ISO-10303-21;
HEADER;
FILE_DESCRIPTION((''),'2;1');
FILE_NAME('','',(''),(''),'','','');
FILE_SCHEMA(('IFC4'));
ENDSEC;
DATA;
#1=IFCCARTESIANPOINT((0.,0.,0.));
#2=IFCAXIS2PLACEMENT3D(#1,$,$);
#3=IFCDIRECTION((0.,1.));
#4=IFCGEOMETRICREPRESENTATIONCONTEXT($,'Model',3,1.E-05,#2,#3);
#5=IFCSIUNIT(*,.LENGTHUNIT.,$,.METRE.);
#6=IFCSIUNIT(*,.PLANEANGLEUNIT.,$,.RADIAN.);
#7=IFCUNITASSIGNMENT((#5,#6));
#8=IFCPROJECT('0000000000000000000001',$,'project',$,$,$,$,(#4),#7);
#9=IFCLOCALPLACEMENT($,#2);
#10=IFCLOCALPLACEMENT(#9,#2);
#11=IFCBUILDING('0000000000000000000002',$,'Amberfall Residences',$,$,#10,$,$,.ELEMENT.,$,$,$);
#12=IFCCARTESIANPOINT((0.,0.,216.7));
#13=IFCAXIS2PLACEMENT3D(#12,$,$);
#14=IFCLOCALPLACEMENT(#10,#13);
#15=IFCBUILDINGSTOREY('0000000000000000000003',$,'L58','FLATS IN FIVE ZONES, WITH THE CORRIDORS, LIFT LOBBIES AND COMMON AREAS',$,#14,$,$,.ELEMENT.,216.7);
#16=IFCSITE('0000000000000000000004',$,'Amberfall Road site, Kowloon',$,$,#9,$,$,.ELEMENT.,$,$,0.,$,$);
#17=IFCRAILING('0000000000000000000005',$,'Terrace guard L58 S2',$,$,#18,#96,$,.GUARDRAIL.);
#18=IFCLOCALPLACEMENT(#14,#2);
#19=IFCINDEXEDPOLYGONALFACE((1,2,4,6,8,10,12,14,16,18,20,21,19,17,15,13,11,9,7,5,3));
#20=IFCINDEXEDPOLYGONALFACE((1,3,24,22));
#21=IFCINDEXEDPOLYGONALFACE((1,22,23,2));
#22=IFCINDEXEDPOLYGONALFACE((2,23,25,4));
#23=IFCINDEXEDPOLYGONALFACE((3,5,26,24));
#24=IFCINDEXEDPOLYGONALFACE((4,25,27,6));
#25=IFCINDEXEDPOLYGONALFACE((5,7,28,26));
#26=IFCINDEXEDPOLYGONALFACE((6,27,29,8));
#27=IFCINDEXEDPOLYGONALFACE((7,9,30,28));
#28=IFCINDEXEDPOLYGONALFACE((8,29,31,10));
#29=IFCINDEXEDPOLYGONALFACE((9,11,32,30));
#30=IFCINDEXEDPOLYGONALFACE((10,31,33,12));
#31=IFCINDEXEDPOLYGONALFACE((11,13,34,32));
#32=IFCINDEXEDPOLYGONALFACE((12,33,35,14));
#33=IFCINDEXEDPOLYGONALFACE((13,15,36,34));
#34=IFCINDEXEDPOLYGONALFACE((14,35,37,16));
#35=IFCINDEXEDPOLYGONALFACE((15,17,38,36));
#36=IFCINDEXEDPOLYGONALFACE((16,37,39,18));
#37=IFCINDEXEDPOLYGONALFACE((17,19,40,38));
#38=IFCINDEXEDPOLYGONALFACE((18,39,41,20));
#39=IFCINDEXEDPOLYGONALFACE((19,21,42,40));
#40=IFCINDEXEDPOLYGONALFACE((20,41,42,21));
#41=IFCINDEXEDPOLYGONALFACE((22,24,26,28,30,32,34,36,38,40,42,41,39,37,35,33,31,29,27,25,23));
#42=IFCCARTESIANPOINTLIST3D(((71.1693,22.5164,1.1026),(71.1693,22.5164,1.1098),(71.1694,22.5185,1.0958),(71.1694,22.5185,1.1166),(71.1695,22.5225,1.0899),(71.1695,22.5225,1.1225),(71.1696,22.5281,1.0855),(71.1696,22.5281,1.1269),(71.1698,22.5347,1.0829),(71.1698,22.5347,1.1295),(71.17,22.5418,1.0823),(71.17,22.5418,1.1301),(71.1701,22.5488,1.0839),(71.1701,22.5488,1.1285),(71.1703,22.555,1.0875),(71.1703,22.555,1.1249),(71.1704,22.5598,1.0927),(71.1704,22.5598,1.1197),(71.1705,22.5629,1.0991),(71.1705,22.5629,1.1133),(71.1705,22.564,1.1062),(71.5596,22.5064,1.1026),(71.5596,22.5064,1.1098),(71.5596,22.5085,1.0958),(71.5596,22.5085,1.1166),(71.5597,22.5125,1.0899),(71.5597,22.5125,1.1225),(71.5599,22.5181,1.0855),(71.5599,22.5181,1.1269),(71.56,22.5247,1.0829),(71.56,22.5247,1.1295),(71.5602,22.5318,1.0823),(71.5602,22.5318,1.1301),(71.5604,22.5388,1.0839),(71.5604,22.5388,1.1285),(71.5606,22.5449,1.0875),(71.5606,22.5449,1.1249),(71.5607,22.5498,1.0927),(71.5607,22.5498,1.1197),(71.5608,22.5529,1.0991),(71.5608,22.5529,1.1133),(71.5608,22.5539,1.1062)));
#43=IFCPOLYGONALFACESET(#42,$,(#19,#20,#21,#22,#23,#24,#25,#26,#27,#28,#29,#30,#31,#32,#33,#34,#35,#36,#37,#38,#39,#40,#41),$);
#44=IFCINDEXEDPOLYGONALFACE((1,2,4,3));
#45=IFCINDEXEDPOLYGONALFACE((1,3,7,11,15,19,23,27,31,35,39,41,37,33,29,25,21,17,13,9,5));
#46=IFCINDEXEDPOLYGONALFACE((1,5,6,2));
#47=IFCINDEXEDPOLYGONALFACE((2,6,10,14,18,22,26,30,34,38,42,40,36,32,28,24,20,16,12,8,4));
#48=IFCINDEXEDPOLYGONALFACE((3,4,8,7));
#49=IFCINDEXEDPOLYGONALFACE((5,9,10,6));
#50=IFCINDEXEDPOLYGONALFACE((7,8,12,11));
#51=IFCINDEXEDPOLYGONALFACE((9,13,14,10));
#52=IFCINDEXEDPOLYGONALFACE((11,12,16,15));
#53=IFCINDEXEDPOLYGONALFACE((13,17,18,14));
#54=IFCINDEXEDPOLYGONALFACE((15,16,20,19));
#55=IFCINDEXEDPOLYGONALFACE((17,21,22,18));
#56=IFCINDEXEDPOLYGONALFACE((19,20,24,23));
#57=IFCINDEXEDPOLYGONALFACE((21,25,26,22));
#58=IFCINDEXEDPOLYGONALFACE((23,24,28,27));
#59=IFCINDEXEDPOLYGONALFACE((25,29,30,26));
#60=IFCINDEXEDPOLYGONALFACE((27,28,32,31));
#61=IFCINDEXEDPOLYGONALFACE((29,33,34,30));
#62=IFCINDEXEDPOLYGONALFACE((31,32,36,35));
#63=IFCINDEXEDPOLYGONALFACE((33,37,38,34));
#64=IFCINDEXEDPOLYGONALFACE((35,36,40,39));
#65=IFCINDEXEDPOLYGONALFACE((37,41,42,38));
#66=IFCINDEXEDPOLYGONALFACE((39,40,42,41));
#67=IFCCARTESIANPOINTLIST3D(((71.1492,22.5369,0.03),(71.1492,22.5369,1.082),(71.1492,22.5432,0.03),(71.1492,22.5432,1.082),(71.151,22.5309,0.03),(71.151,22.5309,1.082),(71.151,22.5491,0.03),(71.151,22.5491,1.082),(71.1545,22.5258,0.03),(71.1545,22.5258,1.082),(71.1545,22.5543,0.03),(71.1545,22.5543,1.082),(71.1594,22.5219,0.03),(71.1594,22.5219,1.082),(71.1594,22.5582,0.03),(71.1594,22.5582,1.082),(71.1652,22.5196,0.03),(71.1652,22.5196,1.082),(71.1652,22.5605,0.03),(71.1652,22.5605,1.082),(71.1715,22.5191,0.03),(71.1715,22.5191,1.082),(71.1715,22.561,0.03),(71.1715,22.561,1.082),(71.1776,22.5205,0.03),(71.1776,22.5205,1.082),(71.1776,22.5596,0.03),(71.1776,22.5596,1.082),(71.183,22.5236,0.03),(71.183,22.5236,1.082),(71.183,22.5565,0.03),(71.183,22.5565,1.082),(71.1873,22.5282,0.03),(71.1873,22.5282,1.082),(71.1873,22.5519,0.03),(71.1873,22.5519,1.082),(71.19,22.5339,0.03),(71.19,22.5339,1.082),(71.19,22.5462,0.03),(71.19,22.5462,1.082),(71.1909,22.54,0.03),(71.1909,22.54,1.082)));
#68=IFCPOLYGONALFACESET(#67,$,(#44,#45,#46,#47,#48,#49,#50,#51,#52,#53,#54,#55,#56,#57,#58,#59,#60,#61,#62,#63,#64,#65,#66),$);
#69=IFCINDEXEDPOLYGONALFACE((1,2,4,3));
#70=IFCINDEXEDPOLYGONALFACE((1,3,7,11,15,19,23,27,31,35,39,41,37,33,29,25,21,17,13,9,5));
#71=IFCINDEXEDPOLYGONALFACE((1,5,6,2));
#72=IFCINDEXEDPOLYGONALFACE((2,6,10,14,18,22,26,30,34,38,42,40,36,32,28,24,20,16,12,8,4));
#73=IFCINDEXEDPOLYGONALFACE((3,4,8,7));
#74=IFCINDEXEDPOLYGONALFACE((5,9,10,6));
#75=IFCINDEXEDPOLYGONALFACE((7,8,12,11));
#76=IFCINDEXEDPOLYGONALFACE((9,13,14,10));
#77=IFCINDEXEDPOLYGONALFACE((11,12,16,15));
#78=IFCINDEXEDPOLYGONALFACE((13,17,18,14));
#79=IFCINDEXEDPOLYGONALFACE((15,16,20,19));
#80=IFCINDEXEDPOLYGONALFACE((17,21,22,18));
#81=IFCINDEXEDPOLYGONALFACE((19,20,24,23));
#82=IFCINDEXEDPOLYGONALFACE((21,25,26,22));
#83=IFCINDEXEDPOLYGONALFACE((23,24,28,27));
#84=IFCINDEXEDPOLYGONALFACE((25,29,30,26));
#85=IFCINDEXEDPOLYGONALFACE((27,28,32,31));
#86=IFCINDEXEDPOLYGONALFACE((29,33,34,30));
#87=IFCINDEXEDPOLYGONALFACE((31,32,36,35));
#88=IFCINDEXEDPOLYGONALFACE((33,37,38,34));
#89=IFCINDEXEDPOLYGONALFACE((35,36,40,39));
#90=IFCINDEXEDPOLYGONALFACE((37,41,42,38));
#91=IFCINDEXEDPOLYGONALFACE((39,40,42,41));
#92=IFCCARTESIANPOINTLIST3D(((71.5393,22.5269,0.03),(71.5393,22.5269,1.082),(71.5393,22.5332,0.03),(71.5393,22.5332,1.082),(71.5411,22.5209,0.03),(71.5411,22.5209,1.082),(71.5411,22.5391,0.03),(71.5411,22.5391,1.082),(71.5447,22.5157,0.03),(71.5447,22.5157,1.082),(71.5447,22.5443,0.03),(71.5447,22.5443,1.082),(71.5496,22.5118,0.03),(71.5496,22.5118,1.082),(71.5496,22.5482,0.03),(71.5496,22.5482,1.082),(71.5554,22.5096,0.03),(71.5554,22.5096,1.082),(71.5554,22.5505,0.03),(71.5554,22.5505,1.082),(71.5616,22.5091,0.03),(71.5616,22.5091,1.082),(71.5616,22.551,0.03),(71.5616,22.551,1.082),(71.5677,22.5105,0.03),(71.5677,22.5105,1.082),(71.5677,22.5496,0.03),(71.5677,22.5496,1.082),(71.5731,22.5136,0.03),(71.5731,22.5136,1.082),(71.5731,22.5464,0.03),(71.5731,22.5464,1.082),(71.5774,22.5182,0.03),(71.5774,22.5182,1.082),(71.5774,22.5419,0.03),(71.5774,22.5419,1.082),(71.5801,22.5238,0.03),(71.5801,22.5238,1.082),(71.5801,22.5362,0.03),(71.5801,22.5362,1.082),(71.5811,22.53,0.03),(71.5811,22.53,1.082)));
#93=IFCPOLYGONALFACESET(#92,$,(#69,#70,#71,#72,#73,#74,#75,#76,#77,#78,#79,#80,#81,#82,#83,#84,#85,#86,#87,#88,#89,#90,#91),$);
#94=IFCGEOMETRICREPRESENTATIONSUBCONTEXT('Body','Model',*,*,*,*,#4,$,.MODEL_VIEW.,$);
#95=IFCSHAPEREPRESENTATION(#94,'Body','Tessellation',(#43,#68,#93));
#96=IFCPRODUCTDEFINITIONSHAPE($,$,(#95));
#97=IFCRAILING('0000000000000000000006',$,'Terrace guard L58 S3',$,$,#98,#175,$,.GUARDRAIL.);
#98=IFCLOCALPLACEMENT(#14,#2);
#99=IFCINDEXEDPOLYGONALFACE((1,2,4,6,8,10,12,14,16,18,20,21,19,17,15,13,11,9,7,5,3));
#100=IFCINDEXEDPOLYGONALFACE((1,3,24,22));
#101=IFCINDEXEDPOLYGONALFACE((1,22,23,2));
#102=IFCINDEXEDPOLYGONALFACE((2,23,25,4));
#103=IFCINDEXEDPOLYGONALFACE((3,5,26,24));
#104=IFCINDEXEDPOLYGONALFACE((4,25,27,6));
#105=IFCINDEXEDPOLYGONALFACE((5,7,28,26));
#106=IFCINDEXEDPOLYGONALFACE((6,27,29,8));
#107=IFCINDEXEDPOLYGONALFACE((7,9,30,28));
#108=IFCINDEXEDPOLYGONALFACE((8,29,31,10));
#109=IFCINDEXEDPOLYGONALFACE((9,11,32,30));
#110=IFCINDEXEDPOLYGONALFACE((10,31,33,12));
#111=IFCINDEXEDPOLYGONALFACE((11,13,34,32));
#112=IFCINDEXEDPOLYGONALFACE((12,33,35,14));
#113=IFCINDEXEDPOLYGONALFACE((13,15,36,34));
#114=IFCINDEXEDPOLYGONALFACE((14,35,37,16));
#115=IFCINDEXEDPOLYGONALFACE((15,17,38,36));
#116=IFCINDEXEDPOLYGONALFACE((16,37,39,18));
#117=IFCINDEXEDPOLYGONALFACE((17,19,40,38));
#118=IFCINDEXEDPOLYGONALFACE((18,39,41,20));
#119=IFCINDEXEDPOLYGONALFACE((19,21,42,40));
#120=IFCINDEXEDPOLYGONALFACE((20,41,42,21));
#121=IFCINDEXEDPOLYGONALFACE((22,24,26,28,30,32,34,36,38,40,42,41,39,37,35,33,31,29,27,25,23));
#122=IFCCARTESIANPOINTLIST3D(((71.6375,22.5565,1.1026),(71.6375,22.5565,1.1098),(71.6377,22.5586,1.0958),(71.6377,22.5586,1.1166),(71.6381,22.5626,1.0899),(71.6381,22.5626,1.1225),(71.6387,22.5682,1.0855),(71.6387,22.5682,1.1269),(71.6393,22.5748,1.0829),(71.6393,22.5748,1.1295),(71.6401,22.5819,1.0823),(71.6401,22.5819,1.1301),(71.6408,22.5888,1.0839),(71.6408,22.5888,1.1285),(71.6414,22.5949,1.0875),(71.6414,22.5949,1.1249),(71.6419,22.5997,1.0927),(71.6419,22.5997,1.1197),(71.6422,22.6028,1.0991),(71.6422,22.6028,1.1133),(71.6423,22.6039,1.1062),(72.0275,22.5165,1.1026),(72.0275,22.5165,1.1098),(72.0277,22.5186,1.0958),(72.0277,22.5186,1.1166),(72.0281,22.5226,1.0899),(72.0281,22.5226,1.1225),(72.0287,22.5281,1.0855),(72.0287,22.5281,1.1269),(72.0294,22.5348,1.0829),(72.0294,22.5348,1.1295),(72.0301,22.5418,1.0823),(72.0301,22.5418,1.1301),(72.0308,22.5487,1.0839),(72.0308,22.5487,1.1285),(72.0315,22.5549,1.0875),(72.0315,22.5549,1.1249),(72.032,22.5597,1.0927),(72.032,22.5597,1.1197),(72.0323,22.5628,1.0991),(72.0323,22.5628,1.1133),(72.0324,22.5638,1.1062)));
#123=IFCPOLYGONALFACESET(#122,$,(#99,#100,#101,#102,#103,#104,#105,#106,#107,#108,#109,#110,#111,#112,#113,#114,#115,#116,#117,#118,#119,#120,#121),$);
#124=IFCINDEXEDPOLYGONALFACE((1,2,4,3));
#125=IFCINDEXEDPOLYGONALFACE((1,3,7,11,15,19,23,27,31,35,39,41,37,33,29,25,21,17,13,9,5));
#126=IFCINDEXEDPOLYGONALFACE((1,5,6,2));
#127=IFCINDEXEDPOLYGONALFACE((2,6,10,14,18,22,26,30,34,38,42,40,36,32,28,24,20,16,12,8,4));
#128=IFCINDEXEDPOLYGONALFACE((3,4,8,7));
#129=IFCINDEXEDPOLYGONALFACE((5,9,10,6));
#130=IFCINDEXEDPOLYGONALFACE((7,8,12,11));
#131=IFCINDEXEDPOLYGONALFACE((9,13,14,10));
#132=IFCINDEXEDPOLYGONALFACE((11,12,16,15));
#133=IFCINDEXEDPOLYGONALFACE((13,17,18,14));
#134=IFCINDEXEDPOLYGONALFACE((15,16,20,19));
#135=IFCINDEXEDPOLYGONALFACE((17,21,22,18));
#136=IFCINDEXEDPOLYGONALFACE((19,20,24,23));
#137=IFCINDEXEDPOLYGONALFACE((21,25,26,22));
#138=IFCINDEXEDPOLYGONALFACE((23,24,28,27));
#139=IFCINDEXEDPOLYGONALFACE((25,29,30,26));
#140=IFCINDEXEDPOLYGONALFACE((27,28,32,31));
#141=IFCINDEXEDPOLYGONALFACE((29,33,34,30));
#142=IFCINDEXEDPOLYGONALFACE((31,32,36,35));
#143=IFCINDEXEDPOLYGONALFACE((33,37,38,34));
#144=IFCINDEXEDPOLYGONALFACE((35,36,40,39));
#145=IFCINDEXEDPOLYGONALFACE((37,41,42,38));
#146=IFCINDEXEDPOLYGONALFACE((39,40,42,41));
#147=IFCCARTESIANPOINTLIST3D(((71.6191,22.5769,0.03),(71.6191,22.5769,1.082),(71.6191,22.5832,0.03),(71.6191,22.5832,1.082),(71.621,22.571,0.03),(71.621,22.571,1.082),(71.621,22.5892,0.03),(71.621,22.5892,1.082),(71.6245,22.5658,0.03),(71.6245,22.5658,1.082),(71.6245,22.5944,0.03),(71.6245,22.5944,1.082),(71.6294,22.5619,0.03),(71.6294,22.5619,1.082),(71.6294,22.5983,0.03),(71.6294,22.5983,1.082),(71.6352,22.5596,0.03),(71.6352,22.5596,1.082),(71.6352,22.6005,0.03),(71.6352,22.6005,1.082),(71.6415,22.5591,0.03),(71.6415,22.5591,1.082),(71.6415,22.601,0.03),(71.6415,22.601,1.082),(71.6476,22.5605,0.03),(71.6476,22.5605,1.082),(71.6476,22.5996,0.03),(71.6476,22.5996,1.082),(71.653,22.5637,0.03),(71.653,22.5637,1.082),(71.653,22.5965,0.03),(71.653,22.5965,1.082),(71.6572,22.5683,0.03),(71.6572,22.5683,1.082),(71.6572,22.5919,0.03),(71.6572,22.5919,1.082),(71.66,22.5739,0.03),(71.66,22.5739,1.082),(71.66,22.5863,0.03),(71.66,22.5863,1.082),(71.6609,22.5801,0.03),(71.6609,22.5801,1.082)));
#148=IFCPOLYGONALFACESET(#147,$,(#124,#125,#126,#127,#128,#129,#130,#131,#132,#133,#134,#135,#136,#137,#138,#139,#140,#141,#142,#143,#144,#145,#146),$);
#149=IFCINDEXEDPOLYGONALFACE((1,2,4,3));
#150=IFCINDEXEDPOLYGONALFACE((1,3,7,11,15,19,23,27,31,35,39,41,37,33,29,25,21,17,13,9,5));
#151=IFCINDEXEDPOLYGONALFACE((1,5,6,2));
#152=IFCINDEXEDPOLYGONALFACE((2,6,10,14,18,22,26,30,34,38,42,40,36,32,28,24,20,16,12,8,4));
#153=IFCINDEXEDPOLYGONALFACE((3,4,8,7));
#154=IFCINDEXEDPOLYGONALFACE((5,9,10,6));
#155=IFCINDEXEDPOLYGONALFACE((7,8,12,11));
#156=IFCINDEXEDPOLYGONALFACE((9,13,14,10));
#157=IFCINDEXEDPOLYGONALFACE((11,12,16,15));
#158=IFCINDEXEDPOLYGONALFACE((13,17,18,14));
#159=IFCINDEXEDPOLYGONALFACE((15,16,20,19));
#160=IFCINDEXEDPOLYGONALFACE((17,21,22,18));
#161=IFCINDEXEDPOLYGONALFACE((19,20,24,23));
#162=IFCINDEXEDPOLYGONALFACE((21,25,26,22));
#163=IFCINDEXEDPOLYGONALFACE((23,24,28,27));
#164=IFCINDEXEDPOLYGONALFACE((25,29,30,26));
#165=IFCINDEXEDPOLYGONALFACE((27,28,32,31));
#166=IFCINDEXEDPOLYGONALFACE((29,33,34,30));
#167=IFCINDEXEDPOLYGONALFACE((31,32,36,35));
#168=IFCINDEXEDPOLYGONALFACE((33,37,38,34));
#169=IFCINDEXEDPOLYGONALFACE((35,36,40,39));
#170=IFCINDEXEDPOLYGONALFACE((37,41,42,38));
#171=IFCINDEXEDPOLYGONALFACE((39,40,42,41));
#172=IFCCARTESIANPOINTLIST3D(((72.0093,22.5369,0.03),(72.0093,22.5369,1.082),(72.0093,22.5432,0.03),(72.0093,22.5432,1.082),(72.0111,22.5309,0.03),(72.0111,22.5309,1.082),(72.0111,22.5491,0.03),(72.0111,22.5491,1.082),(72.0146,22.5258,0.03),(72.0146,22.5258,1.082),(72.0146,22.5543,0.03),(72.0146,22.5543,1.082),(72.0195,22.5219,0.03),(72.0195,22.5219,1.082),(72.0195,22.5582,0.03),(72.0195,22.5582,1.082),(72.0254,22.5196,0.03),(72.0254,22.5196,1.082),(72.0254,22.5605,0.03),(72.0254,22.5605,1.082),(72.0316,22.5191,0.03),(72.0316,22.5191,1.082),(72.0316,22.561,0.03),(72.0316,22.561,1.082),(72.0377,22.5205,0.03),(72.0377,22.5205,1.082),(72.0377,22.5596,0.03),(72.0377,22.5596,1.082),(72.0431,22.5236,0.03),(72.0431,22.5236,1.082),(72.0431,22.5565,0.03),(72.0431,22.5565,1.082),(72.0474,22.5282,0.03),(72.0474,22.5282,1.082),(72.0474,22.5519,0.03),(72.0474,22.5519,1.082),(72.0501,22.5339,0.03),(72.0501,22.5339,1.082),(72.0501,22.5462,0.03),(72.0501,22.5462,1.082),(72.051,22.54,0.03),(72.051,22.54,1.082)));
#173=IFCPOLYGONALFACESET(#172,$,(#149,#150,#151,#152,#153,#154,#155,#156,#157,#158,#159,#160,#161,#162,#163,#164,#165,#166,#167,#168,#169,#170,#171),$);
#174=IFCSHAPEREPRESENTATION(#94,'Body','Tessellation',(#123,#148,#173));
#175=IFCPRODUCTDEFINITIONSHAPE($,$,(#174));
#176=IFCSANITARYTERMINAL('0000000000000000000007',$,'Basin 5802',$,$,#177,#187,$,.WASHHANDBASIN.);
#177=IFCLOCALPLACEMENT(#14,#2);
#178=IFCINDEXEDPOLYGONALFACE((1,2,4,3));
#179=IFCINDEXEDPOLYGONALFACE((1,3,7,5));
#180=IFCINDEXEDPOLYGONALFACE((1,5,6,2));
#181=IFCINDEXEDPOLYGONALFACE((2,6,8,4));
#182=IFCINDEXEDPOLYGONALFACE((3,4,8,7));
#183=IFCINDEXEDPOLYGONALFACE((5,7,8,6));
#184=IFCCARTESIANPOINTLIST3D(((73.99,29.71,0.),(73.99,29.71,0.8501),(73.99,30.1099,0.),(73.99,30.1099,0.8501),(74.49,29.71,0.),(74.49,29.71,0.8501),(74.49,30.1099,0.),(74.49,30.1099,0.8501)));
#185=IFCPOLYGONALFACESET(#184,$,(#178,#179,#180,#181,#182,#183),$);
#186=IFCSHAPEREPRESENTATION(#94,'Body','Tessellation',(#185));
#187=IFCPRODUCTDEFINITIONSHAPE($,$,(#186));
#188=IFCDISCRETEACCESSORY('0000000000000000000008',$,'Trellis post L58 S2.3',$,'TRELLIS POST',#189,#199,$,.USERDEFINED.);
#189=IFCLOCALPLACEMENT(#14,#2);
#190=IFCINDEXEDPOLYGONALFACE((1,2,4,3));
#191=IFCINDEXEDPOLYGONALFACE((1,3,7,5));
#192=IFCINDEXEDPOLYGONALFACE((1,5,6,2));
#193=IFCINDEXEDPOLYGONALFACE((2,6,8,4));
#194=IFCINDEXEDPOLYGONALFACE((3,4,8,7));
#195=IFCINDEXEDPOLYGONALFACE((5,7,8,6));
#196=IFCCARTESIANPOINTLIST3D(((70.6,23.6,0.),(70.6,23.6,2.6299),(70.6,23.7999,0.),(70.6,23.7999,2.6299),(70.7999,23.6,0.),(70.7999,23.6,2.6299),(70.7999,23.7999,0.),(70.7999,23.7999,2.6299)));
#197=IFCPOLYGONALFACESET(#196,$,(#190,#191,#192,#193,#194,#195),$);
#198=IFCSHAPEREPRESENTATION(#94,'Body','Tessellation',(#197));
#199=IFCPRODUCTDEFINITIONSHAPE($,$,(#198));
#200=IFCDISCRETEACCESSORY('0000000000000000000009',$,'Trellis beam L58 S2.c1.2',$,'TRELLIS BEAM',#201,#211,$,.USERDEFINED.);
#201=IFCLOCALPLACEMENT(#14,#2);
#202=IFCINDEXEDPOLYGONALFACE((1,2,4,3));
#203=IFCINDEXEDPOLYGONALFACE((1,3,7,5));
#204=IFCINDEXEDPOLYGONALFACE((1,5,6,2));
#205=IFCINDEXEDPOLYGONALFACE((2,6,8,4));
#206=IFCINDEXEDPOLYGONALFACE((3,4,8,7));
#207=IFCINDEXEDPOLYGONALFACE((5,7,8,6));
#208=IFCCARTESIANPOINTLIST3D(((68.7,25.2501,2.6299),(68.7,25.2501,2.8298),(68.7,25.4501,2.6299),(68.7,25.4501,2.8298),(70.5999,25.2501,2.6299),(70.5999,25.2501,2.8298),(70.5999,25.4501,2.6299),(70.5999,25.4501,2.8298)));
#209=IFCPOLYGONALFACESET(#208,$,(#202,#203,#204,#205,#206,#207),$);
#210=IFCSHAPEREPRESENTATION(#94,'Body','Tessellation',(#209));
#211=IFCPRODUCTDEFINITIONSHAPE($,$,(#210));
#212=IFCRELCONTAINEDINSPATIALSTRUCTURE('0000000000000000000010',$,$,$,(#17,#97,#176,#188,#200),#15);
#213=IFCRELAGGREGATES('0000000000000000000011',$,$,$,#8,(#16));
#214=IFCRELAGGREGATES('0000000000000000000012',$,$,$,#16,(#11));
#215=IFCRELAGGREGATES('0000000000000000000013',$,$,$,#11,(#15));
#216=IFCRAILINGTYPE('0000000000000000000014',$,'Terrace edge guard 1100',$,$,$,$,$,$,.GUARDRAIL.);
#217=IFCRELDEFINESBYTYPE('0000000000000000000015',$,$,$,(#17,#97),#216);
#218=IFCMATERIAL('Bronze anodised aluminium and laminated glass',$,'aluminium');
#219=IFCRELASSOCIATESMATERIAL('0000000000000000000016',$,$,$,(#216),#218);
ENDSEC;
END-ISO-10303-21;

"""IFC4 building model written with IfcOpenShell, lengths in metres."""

from ifc_helpers import new_model, si_unit, direction, frame, origin, origin_2d, place, context, subcontext, project, spatial, rectangle, circle, extrude, material, type_object, element, save


model = new_model("IFC4")

# Units and contexts
model_context = context("Model", 3, precision=1e-05, world=origin(), true_north=direction((0.0, 1.0)))
body_context = subcontext(model_context, "Body", "Model", "MODEL_VIEW")
ifc_project = project(units=[si_unit("LENGTHUNIT", "METRE"), si_unit("PLANEANGLEUNIT", "RADIAN")], contexts=[model_context])

# Site, building, storey
site_placement = place(None, origin())
site = spatial("IfcSite", under=ifc_project, at=site_placement, Name="Amberfall Road site, Kowloon", CompositionType="ELEMENT", RefElevation=0.0)
building_placement = place(site_placement, origin())
building = spatial("IfcBuilding", under=site, at=building_placement, Name="Amberfall Residences", CompositionType="ELEMENT")
storey_placement = place(building_placement, frame((0.0, 0.0, 216.7)))
storey = spatial("IfcBuildingStorey", under=building, at=storey_placement, Name="L58", Description="FLATS IN FIVE ZONES, WITH THE CORRIDORS, LIFT LOBBIES AND COMMON AREAS", CompositionType="ELEMENT", Elevation=216.7)

# Railings
ifc_material_1 = material(Name="Bronze anodised aluminium and laminated glass", Category="aluminium")
railing_type = type_object("IfcRailingType", Name="Terrace edge guard 1100", PredefinedType="GUARDRAIL", material=ifc_material_1)
railing_1_placement = place(storey_placement, frame((71.1699, 22.54, 0.03)))
element("IfcRailing", 1, at=railing_1_placement, inside=storey, type_object=railing_type, Name="Terrace guard L58 S2", PredefinedType="GUARDRAIL", context=body_context, shape_type="SweptSolid", body=[
    extrude(circle(Radius=0.0239, at=origin_2d()), frame((0.0, 0.0, 1.0762), z_axis=(0.999671, -0.025649, 0.0), x_axis=(0.025649, 0.999671, 0.0)), (0.0, 0.0, 1.0), 0.3904),
    extrude(circle(Radius=0.021, at=origin_2d()), origin(), (0.0, 0.0, 1.0), 1.052),
    extrude(circle(Radius=0.021, at=origin_2d()), frame((0.3901, -0.01, 0.0)), (0.0, 0.0, 1.0), 1.052),
])
railing_2_placement = place(storey_placement, frame((71.6399, 22.5801, 0.03)))
element("IfcRailing", 2, at=railing_2_placement, inside=storey, type_object=railing_type, Name="Terrace guard L58 S3", PredefinedType="GUARDRAIL", context=body_context, shape_type="SweptSolid", body=[
    extrude(circle(Radius=0.0239, at=origin_2d()), frame((0.0, 0.0, 1.0762), z_axis=(0.994775, -0.102092, 0.0), x_axis=(0.102092, 0.994775, 0.0)), (0.0, 0.0, 1.0), 0.3921),
    extrude(circle(Radius=0.021, at=origin_2d()), origin(), (0.0, 0.0, 1.0), 1.052),
    extrude(circle(Radius=0.021, at=origin_2d()), frame((0.3901, -0.04, 0.0)), (0.0, 0.0, 1.0), 1.052),
])

# Sanitary terminal
sanitary_terminal_placement = place(storey_placement, frame((74.24, 29.9099, 0.0), z_axis=(0.0, 0.0, 1.0), x_axis=(1.0, 0.0, 0.0)))
element("IfcSanitaryTerminal", 3, at=sanitary_terminal_placement, inside=storey, Name="Basin 5802", PredefinedType="WASHHANDBASIN", context=body_context, shape_type="SweptSolid", body=[
    extrude(rectangle(XDim=0.5, YDim=0.3999, at=origin_2d()), origin(), (0.0, 0.0, 1.0), 0.8501),
])

# Discrete accessories
discrete_accessory_1_placement = place(storey_placement, frame((70.7, 23.7, 0.0), z_axis=(0.0, 0.0, 1.0), x_axis=(1.0, 0.0, 0.0)))
element("IfcDiscreteAccessory", 4, at=discrete_accessory_1_placement, inside=storey, Name="Trellis post L58 S2.3", ObjectType="TRELLIS POST", PredefinedType="USERDEFINED", context=body_context, shape_type="SweptSolid", body=[
    extrude(rectangle(XDim=0.2, YDim=0.2, at=origin_2d()), origin(), (0.0, 0.0, 1.0), 2.6299),
])
discrete_accessory_2_placement = place(storey_placement, frame((69.6499, 25.3501, 2.6299), z_axis=(0.0, 0.0, 1.0), x_axis=(1.0, 0.0, 0.0)))
element("IfcDiscreteAccessory", 5, at=discrete_accessory_2_placement, inside=storey, Name="Trellis beam L58 S2.c1.2", ObjectType="TRELLIS BEAM", PredefinedType="USERDEFINED", context=body_context, shape_type="SweptSolid", body=[
    extrude(rectangle(XDim=1.8999, YDim=0.2, at=origin_2d()), origin(), (0.0, 0.0, 1.0), 0.2),
])

save(model, "model.ifc")
